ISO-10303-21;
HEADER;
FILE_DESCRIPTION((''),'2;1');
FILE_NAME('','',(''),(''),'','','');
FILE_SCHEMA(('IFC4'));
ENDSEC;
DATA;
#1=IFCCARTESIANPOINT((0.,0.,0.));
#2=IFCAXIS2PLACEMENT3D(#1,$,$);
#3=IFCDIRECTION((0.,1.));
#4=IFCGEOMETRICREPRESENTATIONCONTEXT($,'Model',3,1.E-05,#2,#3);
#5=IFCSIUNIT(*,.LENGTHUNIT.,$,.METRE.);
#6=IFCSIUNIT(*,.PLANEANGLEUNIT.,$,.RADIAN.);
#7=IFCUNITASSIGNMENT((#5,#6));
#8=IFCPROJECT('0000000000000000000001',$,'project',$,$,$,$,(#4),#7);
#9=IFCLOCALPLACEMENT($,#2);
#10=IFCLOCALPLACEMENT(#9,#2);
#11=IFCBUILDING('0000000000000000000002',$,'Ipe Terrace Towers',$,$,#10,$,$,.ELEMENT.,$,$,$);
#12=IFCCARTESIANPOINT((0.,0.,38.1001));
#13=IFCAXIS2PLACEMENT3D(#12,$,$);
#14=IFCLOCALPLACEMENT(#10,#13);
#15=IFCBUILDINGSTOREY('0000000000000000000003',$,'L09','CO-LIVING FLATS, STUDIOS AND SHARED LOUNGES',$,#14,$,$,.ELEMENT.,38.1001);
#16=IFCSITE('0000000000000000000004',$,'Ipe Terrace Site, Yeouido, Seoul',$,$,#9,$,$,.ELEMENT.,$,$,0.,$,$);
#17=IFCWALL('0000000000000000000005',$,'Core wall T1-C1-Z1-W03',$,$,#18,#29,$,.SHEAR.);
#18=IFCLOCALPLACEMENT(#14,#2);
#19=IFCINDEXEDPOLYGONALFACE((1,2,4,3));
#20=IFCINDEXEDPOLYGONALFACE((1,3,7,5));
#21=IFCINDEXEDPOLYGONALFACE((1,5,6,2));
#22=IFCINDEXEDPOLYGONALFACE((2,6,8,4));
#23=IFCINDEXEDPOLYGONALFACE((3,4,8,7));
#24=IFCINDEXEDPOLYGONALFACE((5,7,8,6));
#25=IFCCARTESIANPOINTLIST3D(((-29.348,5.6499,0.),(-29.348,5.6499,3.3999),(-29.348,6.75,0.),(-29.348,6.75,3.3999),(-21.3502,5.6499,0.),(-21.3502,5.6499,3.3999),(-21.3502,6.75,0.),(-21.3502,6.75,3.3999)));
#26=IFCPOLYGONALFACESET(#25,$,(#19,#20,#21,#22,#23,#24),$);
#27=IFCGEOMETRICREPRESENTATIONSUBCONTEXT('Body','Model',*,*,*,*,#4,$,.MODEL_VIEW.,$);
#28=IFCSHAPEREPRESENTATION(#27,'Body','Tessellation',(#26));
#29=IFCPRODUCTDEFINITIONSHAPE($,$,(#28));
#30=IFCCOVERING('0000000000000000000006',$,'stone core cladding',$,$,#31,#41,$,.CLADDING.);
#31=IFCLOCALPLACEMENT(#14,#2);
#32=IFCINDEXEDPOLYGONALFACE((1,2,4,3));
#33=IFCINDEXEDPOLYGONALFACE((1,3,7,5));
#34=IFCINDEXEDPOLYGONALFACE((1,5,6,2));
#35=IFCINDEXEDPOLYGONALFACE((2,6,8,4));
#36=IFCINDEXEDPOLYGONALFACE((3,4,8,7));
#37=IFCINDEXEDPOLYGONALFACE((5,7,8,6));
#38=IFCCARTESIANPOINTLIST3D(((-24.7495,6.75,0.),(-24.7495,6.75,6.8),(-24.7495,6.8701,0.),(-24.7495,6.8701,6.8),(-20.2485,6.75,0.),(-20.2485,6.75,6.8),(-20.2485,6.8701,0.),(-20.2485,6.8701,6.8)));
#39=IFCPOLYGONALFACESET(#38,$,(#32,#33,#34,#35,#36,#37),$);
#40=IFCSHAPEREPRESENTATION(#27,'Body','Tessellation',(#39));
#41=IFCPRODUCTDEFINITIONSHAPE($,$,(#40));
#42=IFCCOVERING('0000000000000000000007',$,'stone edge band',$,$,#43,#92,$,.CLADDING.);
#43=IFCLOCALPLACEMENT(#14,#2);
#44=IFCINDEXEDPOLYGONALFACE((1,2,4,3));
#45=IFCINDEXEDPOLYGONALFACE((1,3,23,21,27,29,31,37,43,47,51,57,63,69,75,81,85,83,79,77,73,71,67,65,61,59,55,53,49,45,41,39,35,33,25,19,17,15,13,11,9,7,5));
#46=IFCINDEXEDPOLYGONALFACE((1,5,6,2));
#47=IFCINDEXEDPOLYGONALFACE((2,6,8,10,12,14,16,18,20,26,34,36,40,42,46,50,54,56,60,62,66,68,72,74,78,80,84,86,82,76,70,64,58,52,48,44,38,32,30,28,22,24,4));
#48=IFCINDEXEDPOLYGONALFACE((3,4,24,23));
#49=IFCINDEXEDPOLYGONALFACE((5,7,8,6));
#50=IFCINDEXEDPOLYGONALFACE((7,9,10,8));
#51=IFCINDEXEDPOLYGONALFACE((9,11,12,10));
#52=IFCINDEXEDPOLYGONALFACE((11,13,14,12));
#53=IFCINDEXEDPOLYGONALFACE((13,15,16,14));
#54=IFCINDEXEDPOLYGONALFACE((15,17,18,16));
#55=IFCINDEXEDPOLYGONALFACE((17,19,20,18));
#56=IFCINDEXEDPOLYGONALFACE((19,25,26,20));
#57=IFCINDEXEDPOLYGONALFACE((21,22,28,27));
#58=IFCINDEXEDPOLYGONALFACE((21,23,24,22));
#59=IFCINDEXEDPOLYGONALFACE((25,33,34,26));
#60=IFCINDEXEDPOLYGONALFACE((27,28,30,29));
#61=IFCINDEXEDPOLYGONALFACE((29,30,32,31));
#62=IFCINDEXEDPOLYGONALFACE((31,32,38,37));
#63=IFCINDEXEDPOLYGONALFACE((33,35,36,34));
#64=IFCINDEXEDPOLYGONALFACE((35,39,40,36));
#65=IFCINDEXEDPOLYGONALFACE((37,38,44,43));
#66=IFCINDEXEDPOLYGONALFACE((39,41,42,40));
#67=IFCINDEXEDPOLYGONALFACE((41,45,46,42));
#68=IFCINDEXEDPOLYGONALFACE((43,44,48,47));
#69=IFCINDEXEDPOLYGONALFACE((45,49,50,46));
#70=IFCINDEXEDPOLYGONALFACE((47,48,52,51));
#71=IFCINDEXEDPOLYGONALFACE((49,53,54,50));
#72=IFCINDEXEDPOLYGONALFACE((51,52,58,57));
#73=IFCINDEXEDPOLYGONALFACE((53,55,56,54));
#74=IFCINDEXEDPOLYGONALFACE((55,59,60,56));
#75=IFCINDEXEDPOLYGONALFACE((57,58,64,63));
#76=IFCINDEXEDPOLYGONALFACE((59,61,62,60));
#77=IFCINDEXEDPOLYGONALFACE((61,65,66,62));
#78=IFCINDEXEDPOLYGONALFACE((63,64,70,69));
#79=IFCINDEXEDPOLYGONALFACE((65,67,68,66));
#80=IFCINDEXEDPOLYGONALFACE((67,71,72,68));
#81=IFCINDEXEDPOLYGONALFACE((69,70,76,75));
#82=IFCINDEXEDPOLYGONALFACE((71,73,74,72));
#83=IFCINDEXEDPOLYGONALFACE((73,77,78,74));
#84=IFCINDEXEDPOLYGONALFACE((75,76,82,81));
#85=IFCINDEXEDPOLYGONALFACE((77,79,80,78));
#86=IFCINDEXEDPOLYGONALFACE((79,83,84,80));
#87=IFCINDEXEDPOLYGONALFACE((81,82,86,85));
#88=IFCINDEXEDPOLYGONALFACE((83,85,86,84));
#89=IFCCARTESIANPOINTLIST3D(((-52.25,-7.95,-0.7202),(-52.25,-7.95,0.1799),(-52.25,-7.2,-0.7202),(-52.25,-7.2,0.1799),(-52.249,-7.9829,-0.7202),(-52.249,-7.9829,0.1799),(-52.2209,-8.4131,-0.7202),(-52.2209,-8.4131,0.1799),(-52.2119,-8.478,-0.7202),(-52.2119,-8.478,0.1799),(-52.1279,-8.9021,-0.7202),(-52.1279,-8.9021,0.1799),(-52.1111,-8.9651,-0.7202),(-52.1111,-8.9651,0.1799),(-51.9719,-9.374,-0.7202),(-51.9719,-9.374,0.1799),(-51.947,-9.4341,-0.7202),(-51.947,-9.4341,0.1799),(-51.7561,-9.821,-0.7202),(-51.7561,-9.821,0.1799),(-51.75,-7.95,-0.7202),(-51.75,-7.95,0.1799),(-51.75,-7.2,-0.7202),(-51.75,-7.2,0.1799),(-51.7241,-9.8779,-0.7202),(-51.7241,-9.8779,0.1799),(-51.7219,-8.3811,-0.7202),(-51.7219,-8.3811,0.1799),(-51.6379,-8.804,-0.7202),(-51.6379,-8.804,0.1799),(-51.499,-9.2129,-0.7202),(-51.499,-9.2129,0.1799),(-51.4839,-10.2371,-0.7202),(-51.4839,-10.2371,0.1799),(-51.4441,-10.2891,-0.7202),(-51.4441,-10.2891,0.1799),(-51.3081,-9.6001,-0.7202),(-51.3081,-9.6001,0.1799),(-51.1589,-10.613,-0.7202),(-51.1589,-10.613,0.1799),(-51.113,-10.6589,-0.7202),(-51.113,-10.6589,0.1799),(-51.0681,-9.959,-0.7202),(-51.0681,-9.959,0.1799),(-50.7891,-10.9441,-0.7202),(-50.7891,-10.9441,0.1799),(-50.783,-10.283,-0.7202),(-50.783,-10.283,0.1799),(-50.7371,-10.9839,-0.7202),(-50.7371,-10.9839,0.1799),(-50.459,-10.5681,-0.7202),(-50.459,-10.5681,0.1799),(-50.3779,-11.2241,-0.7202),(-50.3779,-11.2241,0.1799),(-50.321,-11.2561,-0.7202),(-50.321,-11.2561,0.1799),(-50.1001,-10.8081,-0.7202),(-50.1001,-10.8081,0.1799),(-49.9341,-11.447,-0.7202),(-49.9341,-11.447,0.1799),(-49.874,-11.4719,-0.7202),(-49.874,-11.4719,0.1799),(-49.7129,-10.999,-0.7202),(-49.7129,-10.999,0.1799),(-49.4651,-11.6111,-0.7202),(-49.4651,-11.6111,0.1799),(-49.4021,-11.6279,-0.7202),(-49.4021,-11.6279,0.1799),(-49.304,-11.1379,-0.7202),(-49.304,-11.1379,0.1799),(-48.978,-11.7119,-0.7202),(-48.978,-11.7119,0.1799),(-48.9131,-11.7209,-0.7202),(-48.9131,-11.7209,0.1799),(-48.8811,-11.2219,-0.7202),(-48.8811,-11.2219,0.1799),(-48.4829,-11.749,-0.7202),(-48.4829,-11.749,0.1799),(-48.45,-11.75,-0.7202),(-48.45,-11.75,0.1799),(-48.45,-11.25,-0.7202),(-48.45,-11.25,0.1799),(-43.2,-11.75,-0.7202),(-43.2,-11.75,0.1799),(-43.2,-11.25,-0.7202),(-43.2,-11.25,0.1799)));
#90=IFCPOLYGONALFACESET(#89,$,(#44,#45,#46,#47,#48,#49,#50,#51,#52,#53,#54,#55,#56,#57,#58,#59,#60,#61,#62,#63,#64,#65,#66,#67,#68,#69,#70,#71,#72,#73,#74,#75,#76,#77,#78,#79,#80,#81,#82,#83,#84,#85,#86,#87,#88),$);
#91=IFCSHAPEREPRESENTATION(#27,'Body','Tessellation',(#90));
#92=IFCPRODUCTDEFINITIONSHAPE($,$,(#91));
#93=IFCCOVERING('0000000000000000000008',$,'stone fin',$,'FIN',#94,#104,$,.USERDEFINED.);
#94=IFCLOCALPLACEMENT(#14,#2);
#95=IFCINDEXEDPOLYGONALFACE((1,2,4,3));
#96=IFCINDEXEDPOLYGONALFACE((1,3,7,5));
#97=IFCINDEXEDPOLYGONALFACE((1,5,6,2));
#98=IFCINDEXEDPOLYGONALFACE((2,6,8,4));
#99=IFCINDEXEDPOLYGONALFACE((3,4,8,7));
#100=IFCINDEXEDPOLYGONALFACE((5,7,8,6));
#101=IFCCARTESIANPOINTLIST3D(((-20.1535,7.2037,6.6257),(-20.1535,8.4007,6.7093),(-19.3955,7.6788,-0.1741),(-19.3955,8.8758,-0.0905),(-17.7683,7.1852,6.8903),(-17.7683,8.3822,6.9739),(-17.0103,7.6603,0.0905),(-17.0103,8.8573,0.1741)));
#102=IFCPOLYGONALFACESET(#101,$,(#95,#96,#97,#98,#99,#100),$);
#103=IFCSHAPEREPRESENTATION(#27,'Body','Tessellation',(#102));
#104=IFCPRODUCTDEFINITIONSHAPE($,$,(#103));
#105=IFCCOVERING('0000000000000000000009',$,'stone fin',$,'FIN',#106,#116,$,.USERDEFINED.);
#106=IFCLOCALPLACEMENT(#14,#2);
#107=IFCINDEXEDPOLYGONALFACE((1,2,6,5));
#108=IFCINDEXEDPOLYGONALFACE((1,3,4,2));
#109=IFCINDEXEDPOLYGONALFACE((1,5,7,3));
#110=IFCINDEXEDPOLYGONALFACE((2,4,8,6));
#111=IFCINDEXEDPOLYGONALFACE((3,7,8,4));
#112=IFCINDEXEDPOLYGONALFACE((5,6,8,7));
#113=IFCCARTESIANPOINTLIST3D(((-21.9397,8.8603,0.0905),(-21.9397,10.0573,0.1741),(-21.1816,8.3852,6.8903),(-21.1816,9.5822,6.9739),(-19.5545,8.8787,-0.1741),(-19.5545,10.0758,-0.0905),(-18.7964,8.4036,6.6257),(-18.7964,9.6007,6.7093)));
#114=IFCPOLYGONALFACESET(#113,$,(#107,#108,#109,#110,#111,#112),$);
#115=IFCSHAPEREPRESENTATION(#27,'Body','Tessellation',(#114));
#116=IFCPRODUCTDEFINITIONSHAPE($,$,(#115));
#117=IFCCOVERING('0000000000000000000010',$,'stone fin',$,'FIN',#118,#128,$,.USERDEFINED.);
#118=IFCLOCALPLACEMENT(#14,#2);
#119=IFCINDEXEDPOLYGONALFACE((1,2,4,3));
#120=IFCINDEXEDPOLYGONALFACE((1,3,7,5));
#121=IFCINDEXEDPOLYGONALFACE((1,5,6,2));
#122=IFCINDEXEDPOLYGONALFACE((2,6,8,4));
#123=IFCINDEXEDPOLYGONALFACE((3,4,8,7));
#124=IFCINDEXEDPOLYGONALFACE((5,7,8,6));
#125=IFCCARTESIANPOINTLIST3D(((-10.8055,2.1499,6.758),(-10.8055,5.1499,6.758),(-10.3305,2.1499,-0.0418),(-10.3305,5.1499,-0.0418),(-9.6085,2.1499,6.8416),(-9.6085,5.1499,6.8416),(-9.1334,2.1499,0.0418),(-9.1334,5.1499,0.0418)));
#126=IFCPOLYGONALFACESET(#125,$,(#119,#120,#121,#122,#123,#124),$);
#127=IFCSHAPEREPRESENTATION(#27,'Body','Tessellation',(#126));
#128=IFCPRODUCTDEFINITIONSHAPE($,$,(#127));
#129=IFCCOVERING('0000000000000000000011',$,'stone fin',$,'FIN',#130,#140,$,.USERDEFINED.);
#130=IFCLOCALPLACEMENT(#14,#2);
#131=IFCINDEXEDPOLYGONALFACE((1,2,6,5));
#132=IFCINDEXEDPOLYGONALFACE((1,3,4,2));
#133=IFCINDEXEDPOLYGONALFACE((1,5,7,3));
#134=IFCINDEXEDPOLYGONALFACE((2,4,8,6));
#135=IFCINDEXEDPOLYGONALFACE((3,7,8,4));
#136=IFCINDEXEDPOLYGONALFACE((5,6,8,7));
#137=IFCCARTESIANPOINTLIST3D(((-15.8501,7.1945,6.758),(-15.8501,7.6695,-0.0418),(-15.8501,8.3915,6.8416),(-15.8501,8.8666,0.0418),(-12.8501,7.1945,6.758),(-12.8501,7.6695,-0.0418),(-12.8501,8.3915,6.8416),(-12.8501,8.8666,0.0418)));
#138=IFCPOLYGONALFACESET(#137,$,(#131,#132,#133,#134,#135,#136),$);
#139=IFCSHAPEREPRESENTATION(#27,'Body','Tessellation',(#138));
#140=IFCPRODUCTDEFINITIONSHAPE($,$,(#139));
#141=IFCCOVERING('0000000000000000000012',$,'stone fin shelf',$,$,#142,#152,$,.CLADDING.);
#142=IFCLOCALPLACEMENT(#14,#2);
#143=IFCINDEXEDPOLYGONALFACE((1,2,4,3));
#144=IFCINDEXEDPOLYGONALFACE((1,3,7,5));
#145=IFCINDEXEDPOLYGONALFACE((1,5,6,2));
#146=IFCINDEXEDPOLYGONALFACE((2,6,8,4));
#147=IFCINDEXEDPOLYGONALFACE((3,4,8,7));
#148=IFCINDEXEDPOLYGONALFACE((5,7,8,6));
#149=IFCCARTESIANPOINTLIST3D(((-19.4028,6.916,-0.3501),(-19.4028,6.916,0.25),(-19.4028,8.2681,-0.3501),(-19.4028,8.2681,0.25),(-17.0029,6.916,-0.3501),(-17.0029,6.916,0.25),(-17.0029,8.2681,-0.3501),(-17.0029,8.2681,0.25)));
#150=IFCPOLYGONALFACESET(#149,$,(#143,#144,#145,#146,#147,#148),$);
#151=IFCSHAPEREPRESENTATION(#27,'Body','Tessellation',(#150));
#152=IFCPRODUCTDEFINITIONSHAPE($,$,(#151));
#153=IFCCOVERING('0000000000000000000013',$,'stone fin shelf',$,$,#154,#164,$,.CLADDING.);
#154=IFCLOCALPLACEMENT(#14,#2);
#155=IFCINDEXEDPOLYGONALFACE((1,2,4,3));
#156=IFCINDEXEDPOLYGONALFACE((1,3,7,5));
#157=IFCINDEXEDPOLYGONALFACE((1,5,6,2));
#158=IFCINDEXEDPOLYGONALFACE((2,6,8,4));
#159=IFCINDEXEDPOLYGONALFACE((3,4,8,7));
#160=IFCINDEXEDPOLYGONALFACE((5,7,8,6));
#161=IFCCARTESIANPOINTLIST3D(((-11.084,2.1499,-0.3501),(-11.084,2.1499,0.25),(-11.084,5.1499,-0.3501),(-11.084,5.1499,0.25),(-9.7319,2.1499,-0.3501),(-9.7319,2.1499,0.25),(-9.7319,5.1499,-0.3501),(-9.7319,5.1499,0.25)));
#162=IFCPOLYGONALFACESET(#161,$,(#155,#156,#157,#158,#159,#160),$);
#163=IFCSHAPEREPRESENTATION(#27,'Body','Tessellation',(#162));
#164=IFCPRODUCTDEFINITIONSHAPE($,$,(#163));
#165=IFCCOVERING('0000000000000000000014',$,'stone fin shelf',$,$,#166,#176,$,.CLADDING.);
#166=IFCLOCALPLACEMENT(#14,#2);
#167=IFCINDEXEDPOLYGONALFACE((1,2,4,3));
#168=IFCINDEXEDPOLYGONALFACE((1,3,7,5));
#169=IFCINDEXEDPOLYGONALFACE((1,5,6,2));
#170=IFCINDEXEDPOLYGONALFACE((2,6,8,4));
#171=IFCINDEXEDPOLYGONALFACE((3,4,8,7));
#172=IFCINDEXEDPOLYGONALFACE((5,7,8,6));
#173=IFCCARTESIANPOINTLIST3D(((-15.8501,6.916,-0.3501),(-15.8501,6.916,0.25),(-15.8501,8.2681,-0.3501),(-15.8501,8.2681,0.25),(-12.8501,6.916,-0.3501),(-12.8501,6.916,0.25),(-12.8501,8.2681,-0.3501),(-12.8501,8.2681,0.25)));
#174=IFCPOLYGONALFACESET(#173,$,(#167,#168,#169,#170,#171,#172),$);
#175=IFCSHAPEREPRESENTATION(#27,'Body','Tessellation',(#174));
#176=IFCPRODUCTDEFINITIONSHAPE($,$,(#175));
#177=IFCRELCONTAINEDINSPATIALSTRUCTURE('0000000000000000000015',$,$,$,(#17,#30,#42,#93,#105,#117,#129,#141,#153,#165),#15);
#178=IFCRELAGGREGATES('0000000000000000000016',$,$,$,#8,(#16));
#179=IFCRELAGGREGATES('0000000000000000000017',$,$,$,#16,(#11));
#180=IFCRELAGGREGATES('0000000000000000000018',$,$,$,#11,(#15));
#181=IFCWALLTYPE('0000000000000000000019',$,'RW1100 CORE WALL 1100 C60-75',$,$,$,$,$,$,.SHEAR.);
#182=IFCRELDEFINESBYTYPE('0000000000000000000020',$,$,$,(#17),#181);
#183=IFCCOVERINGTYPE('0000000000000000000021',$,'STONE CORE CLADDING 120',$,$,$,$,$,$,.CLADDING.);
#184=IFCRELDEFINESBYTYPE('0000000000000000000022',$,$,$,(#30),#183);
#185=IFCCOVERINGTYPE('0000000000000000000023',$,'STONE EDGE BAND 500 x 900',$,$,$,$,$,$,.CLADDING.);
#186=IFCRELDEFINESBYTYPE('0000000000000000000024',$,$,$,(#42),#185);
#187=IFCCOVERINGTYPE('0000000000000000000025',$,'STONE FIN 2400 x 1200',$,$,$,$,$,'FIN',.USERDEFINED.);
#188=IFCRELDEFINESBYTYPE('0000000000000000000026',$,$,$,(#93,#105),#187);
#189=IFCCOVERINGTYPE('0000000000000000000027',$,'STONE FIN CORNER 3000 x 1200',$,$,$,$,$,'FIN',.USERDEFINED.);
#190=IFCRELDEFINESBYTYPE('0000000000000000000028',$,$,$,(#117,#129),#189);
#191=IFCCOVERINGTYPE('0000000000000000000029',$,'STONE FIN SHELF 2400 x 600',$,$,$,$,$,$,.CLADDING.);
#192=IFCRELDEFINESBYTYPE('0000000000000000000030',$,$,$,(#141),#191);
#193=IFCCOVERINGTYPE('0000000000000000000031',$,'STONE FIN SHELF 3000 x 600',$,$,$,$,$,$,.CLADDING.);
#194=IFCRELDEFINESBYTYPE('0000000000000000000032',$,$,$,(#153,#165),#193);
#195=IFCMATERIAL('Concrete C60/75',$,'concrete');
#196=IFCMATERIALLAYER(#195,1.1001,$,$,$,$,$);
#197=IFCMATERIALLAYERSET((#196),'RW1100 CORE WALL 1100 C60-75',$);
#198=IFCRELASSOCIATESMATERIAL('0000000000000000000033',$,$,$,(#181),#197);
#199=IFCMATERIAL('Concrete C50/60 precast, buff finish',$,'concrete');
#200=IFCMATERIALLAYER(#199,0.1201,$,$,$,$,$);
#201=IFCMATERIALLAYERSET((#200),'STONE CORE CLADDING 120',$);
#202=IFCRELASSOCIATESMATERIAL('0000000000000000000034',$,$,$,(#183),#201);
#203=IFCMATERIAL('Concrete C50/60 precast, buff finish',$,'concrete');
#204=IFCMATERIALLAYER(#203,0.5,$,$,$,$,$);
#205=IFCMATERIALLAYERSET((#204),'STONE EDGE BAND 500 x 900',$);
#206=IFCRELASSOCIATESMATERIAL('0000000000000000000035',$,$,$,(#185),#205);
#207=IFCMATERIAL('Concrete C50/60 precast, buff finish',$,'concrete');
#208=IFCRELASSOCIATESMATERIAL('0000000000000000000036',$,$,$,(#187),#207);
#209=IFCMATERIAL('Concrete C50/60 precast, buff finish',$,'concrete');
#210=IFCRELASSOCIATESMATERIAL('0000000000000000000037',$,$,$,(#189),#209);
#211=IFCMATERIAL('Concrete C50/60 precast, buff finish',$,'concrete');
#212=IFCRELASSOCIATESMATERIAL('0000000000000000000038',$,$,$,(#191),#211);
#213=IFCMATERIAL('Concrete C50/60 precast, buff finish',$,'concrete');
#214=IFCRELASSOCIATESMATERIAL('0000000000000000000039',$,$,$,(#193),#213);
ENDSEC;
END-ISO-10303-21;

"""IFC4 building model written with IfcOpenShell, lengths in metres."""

from ifc_helpers import new_model, si_unit, direction, frame, frame_2d, origin, origin_2d, place, context, subcontext, project, spatial, polyline, rectangle, outline, extrude, material, layer, layer_set, material_profile, profile_set, type_object, element, save


model = new_model("IFC4")

# Units and contexts
model_context = context("Model", 3, precision=1e-05, world=origin(), true_north=direction((0.0, 1.0)))
body_context = subcontext(model_context, "Body", "Model", "MODEL_VIEW")
ifc_project = project(units=[si_unit("LENGTHUNIT", "METRE"), si_unit("PLANEANGLEUNIT", "RADIAN")], contexts=[model_context])

# Site, building, storey
site_placement = place(None, origin())
site = spatial("IfcSite", under=ifc_project, at=site_placement, Name="Ipe Terrace Site, Yeouido, Seoul", CompositionType="ELEMENT", RefElevation=0.0)
building_placement = place(site_placement, origin())
building = spatial("IfcBuilding", under=site, at=building_placement, Name="Ipe Terrace Towers", CompositionType="ELEMENT")
storey_placement = place(building_placement, frame((0.0, 0.0, 38.1001)))
storey = spatial("IfcBuildingStorey", under=building, at=storey_placement, Name="L09", Description="CO-LIVING FLATS, STUDIOS AND SHARED LOUNGES", CompositionType="ELEMENT", Elevation=38.1001)

# Wall
ifc_material_1 = material(Name="Concrete C60/75", Category="concrete")
ifc_layer_1 = layer(ifc_material_1, 1.1001)
ifc_layer_set_1 = layer_set([ifc_layer_1], Name="RW1100 CORE WALL 1100 C60-75")
wall_type_1 = type_object("IfcWallType", Name="RW1100 CORE WALL 1100 C60-75", PredefinedType="SHEAR", material=ifc_layer_set_1)
wall_1_placement = place(storey_placement, frame((-21.3501, 6.2, 0.0), z_axis=(0.0, 0.0, 1.0), x_axis=(-1.0, 0.0, 0.0)))
element("IfcWall", 1, at=wall_1_placement, inside=storey, type_object=wall_type_1, Name="Core wall T1-C1-Z1-W03", PredefinedType="SHEAR", context=body_context, shape_type="SweptSolid", body=[
    extrude(rectangle(XDim=7.9978, YDim=1.1001, at=frame_2d((3.999, 0.0))), origin(), (0.0, 0.0, 1.0), 3.3999),
])

# Coverings
ifc_material_2 = material(Name="Concrete C50/60 precast, buff finish", Category="concrete")
ifc_layer_2 = layer(ifc_material_2, 0.1201)
ifc_layer_set_2 = layer_set([ifc_layer_2], Name="STONE CORE CLADDING 120")
covering_type_1 = type_object("IfcCoveringType", Name="STONE CORE CLADDING 120", PredefinedType="CLADDING", material=ifc_layer_set_2)
covering_1_placement = place(storey_placement, frame((-22.499, 6.8101, 0.0), z_axis=(0.0, 0.0, 1.0), x_axis=(-1.0, 0.0, 0.0)))
element("IfcCovering", 2, at=covering_1_placement, inside=storey, type_object=covering_type_1, Name="stone core cladding", PredefinedType="CLADDING", context=body_context, shape_type="SweptSolid", body=[
    extrude(rectangle(XDim=4.501, YDim=0.1201, at=origin_2d()), origin(), (0.0, 0.0, 1.0), 6.8),
])
ifc_material_3 = material(Name="Concrete C50/60 precast, buff finish", Category="concrete")
ifc_layer_3 = layer(ifc_material_3, 0.5)
ifc_layer_set_3 = layer_set([ifc_layer_3], Name="STONE EDGE BAND 500 x 900")
covering_type_2 = type_object("IfcCoveringType", Name="STONE EDGE BAND 500 x 900", PredefinedType="CLADDING", material=ifc_layer_set_3)
covering_2_placement = place(storey_placement, frame((0.0, 0.0, -0.7202)))
element("IfcCovering", 3, at=covering_2_placement, inside=storey, type_object=covering_type_2, Name="stone edge band", PredefinedType="CLADDING", context=body_context, shape_type="SweptSolid", body=[
    extrude(outline(polyline([(-48.45, -11.75), (-43.2, -11.75), (-43.2, -11.25), (-48.45, -11.25), (-48.8811, -11.2219), (-49.304, -11.1379), (-49.7129, -10.999), (-50.1001, -10.8081), (-50.459, -10.5681), (-50.783, -10.283), (-51.0681, -9.959), (-51.3081, -9.6001), (-51.499, -9.2129), (-51.6379, -8.804), (-51.7219, -8.3811), (-51.75, -7.95), (-51.75, -7.2), (-52.25, -7.2), (-52.25, -7.95), (-52.249, -7.9829), (-52.2209, -8.4131), (-52.2119, -8.478), (-52.1279, -8.9021), (-52.1111, -8.9651), (-51.9719, -9.374), (-51.947, -9.4341), (-51.7561, -9.821), (-51.7241, -9.8779), (-51.4839, -10.2371), (-51.4441, -10.2891), (-51.1589, -10.613), (-51.113, -10.6589), (-50.7891, -10.9441), (-50.7371, -10.9839), (-50.3779, -11.2241), (-50.321, -11.2561), (-49.9341, -11.447), (-49.874, -11.4719), (-49.4651, -11.6111), (-49.4021, -11.6279), (-48.978, -11.7119), (-48.9131, -11.7209), (-48.4829, -11.749), (-48.45, -11.75)])), origin(), (0.0, 0.0, 1.0), 0.9001),
])
ifc_material_4 = material(Name="Concrete C50/60 precast, buff finish", Category="concrete")
ifc_material_profile_1 = material_profile(ifc_material_4, rectangle(XDim=2.3999, YDim=1.2, at=origin_2d()), Name="STONE FIN 2400 x 1200")
ifc_profile_set_1 = profile_set([ifc_material_profile_1], Name="Concrete C50/60 precast, buff finish")
covering_type_3 = type_object("IfcCoveringType", Name="STONE FIN 2400 x 1200", ElementType="FIN", PredefinedType="USERDEFINED", material=ifc_profile_set_1)
for number, where, z_axis, x_axis, name in (
    (4, (-18.2029, 8.2681, 0.0), (-0.11053, -0.069272, 0.991456), (-0.993873, 0.007704, -0.110261), "stone fin"),
    (5, (-20.7471, 9.468, 0.0), (0.11053, -0.069272, 0.991456), (-0.993873, -0.007704, 0.110261), "stone fin"),
):
    element("IfcCovering", number, at=place(storey_placement, frame(where, z_axis=z_axis, x_axis=x_axis)), inside=storey, type_object=covering_type_3, Name=name, ObjectType="FIN", PredefinedType="USERDEFINED", context=body_context, shape_type="SweptSolid", body=[
        extrude(rectangle(XDim=2.3999, YDim=1.2, at=origin_2d()), origin(), (0.0, 0.0, 1.0), 6.8584),
    ])
ifc_material_5 = material(Name="Concrete C50/60 precast, buff finish", Category="concrete")
ifc_material_profile_2 = material_profile(ifc_material_5, rectangle(XDim=3.0, YDim=1.2, at=origin_2d()), Name="STONE FIN CORNER 3000 x 1200")
ifc_profile_set_2 = profile_set([ifc_material_profile_2], Name="Concrete C50/60 precast, buff finish")
covering_type_4 = type_object("IfcCoveringType", Name="STONE FIN CORNER 3000 x 1200", ElementType="FIN", PredefinedType="USERDEFINED", material=ifc_profile_set_2)
for number, where, z_axis, x_axis, name in (
    (6, (-9.7319, 3.6499, 0.0), (-0.069699, 0.0, 0.997568), (0.0, 1.0, 0.0), "stone fin"),
    (7, (-14.3501, 8.2681, 0.0), (0.0, -0.069699, 0.997568), (-1.0, 0.0, 0.0), "stone fin"),
):
    element("IfcCovering", number, at=place(storey_placement, frame(where, z_axis=z_axis, x_axis=x_axis)), inside=storey, type_object=covering_type_4, Name=name, ObjectType="FIN", PredefinedType="USERDEFINED", context=body_context, shape_type="SweptSolid", body=[
        extrude(rectangle(XDim=3.0, YDim=1.2, at=origin_2d()), origin(), (0.0, 0.0, 1.0), 6.8164),
    ])
ifc_material_6 = material(Name="Concrete C50/60 precast, buff finish", Category="concrete")
covering_type_5 = type_object("IfcCoveringType", Name="STONE FIN SHELF 2400 x 600", PredefinedType="CLADDING", material=ifc_material_6)
covering_3_placement = place(storey_placement, frame((-18.2029, 7.592, -0.3501), z_axis=(0.0, 0.0, 1.0), x_axis=(-1.0, 0.0, 0.0)))
element("IfcCovering", 8, at=covering_3_placement, inside=storey, type_object=covering_type_5, Name="stone fin shelf", PredefinedType="CLADDING", context=body_context, shape_type="SweptSolid", body=[
    extrude(rectangle(XDim=2.3999, YDim=1.3521, at=origin_2d()), origin(), (0.0, 0.0, 1.0), 0.6001),
])
ifc_material_7 = material(Name="Concrete C50/60 precast, buff finish", Category="concrete")
covering_type_6 = type_object("IfcCoveringType", Name="STONE FIN SHELF 3000 x 600", PredefinedType="CLADDING", material=ifc_material_7)
for number, where, z_axis, x_axis, name in (
    (9, (-10.408, 3.6499, -0.3501), (0.0, 0.0, 1.0), (0.0, 1.0, 0.0), "stone fin shelf"),
    (10, (-14.3501, 7.592, -0.3501), (0.0, 0.0, 1.0), (-1.0, 0.0, 0.0), "stone fin shelf"),
):
    element("IfcCovering", number, at=place(storey_placement, frame(where, z_axis=z_axis, x_axis=x_axis)), inside=storey, type_object=covering_type_6, Name=name, PredefinedType="CLADDING", context=body_context, shape_type="SweptSolid", body=[
        extrude(rectangle(XDim=3.0, YDim=1.3521, at=origin_2d()), origin(), (0.0, 0.0, 1.0), 0.6001),
    ])

save(model, "model.ifc")
